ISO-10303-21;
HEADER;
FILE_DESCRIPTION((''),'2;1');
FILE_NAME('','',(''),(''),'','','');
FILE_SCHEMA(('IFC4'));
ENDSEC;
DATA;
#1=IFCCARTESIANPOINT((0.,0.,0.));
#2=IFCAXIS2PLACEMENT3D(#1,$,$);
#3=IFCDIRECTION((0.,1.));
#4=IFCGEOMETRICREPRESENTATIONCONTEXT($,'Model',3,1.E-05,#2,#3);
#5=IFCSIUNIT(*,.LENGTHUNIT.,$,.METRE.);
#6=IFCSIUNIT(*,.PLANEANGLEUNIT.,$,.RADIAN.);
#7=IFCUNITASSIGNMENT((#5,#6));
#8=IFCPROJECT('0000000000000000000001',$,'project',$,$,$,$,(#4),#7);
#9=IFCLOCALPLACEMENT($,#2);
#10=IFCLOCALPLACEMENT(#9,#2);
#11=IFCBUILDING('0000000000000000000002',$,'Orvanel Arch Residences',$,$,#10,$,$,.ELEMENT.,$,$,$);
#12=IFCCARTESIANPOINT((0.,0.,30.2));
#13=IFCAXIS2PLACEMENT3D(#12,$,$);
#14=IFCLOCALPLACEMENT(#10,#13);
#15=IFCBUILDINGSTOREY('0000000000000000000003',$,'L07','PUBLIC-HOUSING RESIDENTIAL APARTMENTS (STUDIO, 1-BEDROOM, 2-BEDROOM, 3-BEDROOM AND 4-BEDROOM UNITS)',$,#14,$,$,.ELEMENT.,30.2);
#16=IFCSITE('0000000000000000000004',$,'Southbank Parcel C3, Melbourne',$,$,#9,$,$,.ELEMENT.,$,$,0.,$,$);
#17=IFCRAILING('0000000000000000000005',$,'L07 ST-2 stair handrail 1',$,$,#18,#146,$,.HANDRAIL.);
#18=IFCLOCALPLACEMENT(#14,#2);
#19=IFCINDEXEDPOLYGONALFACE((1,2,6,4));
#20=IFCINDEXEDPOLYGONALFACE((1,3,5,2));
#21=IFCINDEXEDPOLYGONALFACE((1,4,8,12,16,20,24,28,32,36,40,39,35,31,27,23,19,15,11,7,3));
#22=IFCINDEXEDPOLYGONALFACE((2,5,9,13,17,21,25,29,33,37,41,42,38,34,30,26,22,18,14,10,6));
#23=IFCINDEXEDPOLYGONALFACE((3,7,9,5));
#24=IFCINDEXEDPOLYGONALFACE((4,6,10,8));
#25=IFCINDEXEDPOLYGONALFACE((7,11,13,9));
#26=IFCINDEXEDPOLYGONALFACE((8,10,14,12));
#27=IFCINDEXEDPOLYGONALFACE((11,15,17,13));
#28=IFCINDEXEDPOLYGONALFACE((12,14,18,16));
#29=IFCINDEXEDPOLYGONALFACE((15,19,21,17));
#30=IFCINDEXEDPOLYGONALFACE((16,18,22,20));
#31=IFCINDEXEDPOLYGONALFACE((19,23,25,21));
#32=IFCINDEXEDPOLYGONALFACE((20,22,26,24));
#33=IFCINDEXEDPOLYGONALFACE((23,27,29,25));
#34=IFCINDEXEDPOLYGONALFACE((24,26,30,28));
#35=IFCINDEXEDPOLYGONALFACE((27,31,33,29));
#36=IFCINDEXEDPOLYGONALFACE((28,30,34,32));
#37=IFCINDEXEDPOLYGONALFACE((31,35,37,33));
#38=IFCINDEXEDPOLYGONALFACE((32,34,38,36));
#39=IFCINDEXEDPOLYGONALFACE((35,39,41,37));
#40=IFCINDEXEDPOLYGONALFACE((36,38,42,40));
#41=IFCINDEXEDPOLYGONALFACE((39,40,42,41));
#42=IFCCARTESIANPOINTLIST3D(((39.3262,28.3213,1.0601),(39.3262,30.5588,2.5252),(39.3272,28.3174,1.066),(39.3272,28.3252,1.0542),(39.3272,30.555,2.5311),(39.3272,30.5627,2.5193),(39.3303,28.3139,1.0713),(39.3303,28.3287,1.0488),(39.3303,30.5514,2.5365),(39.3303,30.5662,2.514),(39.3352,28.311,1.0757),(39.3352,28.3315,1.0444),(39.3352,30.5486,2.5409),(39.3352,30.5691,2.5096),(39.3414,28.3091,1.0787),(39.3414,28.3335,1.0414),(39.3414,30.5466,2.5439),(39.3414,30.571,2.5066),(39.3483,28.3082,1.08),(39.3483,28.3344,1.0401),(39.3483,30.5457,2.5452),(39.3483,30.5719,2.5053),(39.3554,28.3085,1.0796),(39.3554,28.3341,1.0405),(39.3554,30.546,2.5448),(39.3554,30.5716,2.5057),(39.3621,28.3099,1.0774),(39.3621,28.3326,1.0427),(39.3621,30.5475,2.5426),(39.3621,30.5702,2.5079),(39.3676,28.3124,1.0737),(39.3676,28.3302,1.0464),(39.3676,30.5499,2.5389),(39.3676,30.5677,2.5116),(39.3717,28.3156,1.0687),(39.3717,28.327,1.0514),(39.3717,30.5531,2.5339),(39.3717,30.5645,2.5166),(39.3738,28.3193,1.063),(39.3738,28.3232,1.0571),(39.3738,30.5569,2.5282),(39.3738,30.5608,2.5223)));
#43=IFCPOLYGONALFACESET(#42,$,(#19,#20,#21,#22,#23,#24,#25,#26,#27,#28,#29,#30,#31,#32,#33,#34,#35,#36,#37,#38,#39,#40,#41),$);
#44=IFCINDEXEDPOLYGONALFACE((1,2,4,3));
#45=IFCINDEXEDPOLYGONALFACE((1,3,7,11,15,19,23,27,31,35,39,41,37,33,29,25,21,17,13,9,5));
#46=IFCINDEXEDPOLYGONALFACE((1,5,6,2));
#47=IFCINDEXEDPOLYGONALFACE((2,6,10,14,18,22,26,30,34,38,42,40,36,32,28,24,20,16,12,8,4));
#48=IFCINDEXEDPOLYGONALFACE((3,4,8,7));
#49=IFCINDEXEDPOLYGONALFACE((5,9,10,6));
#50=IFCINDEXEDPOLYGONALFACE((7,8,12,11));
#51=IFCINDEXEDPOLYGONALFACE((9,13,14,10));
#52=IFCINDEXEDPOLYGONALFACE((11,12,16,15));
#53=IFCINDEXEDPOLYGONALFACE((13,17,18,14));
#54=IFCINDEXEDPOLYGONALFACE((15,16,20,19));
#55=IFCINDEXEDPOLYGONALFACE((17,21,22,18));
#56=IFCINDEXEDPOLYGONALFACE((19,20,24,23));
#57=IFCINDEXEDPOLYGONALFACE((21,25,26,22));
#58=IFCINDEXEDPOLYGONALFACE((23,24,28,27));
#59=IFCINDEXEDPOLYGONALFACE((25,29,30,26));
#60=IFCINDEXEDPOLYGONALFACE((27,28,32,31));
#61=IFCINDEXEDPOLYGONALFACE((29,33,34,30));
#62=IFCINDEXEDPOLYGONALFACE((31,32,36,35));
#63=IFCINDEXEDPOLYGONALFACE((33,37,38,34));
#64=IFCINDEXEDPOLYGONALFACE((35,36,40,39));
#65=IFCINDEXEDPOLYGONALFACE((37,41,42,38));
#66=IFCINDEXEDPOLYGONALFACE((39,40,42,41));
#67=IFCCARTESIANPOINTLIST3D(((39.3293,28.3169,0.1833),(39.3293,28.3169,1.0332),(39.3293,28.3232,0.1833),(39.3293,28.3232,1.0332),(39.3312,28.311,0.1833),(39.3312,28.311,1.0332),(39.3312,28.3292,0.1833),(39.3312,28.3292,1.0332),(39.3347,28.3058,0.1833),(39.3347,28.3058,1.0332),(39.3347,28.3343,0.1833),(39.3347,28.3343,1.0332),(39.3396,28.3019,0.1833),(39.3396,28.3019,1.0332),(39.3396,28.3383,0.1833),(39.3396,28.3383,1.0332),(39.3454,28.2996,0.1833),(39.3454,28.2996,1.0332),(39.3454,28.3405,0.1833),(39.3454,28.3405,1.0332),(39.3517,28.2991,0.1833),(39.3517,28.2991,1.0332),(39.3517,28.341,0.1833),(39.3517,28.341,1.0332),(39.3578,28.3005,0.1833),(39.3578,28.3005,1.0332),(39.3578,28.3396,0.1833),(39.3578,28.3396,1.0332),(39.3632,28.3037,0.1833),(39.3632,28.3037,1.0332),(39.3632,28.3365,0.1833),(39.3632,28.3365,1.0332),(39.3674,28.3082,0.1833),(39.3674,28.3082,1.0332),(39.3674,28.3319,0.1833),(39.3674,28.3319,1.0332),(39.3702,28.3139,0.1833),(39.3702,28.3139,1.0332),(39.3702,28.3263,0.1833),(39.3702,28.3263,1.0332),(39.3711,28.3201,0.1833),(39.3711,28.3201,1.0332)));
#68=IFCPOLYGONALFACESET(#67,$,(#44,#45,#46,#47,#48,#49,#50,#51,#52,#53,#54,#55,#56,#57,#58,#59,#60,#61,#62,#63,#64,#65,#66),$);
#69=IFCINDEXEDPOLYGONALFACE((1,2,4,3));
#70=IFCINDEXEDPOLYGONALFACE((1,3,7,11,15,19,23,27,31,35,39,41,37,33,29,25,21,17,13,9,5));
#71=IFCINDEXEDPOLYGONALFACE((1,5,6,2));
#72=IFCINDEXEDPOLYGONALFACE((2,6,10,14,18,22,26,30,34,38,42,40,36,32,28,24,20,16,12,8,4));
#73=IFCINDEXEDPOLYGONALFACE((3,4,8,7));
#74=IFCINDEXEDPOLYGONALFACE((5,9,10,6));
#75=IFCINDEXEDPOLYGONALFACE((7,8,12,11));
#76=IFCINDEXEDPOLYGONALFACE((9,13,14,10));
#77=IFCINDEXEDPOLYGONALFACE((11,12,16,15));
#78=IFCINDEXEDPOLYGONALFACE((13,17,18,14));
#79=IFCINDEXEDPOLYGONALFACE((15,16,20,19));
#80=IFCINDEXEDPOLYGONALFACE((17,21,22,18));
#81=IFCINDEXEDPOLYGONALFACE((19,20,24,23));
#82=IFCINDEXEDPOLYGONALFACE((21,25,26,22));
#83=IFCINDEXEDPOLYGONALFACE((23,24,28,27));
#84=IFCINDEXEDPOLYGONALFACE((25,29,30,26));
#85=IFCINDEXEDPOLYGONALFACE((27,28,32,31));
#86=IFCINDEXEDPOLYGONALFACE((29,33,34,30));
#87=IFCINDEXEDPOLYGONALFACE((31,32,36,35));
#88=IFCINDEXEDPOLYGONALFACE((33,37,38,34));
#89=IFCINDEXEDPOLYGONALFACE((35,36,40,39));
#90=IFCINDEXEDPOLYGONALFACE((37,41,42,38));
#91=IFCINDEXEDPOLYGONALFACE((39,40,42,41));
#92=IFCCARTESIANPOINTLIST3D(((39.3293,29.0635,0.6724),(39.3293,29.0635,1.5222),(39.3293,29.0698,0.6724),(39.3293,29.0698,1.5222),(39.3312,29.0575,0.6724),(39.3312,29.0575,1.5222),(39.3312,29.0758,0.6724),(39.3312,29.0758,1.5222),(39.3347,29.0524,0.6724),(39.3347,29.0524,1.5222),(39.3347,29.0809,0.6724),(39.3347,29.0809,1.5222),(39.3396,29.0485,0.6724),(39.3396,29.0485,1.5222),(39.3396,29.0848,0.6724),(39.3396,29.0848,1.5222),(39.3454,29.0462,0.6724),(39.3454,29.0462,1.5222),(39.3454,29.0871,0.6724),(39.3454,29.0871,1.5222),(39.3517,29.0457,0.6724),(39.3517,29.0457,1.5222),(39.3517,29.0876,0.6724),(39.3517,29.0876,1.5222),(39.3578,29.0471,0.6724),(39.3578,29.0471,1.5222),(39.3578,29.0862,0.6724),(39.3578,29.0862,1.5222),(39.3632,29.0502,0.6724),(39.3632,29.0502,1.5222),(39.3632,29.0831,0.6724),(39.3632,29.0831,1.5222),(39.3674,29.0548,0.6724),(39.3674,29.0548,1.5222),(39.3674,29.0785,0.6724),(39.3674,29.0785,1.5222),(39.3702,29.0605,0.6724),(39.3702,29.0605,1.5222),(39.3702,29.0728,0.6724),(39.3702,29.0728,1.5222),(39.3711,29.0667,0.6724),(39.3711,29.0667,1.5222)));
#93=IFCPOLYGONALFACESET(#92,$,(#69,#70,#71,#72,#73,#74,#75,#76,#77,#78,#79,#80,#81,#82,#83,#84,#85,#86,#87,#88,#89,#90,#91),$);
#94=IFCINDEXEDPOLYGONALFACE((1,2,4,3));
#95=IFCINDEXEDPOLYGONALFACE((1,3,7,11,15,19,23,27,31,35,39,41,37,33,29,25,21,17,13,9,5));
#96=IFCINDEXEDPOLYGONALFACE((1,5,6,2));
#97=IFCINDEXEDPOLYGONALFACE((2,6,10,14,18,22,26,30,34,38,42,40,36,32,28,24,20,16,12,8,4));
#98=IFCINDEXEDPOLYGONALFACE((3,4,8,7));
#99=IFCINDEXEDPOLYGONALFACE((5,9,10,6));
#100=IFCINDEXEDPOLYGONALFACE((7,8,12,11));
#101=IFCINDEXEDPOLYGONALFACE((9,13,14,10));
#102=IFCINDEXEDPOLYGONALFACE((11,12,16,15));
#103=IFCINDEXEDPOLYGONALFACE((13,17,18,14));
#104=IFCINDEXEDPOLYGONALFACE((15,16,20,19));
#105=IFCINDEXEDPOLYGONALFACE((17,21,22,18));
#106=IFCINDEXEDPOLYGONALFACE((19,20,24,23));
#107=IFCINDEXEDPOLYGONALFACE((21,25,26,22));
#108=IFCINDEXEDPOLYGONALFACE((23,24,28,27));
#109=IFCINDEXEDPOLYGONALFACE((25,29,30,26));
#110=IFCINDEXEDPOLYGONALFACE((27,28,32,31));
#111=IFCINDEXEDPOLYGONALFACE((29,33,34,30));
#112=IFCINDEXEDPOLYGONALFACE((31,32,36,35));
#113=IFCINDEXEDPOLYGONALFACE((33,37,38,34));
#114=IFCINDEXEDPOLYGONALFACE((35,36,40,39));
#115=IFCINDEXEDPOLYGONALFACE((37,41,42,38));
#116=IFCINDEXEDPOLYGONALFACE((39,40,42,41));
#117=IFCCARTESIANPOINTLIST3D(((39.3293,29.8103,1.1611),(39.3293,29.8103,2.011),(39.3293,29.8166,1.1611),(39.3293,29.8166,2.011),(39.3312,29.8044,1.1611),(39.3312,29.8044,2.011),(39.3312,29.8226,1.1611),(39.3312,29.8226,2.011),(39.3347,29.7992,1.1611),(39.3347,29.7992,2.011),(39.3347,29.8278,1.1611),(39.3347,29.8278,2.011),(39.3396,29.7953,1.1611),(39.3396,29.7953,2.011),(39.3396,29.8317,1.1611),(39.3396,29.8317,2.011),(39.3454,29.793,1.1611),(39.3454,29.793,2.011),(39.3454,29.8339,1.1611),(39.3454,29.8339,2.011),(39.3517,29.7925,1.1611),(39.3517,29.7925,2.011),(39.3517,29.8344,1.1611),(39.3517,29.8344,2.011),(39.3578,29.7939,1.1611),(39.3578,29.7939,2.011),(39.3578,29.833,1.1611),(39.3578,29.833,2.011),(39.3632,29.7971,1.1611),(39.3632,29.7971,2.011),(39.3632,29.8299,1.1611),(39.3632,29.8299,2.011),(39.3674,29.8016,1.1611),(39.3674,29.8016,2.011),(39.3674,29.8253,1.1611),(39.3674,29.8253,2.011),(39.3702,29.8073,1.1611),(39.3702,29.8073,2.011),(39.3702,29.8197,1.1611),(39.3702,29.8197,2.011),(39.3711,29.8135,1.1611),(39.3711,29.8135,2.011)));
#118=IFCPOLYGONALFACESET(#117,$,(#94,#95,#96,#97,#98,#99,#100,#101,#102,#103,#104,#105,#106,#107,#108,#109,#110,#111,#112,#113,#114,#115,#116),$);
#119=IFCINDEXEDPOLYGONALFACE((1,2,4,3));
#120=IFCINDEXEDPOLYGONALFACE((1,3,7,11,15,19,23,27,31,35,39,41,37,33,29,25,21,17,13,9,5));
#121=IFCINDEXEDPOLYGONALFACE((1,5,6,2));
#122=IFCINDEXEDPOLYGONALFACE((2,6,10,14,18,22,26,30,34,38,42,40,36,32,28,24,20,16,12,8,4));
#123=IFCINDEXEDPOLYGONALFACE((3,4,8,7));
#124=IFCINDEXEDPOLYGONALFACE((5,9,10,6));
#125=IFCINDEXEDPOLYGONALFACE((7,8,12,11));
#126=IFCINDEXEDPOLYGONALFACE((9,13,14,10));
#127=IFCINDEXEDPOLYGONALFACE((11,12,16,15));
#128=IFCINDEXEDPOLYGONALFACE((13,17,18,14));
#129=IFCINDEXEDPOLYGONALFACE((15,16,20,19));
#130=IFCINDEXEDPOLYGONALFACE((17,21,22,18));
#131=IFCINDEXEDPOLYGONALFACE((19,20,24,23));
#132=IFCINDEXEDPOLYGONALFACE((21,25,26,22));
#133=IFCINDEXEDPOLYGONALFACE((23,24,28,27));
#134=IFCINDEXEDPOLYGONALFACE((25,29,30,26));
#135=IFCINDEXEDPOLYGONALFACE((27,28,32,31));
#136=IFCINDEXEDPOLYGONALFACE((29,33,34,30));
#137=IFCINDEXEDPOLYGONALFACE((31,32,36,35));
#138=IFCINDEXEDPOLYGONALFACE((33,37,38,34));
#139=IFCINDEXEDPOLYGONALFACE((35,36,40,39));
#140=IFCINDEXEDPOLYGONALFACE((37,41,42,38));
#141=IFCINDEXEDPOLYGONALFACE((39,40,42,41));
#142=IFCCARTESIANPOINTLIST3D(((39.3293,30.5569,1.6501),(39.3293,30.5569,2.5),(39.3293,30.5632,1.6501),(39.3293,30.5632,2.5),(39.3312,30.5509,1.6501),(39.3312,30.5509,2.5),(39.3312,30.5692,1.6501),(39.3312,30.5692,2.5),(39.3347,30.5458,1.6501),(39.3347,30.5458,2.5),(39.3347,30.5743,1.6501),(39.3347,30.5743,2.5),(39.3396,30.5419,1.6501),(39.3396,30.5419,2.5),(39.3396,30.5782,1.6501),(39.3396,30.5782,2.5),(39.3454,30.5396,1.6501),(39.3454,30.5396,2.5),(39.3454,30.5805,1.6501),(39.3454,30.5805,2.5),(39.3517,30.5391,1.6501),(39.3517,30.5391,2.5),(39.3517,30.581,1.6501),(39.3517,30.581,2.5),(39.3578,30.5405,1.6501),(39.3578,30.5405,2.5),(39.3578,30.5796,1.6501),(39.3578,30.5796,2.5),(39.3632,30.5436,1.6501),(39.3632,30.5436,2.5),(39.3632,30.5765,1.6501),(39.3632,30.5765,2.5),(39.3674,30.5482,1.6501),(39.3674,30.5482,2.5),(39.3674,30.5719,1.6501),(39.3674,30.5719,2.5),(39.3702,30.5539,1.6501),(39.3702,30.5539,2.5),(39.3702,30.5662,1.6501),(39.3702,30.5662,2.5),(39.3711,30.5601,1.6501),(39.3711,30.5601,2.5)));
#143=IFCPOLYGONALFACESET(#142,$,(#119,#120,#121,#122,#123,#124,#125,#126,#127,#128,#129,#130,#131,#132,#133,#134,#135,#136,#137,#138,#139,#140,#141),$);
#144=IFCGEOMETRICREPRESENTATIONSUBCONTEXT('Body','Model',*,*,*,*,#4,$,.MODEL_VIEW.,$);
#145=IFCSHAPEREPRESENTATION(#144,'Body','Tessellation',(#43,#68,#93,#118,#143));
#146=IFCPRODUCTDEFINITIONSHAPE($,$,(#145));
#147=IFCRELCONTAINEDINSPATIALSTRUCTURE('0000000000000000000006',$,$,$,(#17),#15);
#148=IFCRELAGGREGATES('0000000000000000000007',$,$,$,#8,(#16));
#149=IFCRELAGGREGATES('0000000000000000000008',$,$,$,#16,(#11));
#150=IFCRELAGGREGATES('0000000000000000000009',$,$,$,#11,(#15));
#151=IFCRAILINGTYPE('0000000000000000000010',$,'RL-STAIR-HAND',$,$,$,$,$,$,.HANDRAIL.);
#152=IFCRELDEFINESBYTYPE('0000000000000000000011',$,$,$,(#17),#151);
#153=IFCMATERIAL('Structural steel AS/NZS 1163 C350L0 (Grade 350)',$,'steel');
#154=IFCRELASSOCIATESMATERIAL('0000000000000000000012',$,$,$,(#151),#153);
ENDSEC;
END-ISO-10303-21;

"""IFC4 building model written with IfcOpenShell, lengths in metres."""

from ifc_helpers import new_model, si_unit, direction, frame, origin, origin_2d, place, context, subcontext, project, spatial, circle, extrude, material, type_object, element, save


model = new_model("IFC4")

# Units and contexts
model_context = context("Model", 3, precision=1e-05, world=origin(), true_north=direction((0.0, 1.0)))
body_context = subcontext(model_context, "Body", "Model", "MODEL_VIEW")
ifc_project = project(units=[si_unit("LENGTHUNIT", "METRE"), si_unit("PLANEANGLEUNIT", "RADIAN")], contexts=[model_context])

# Site, building, storey
site_placement = place(None, origin())
site = spatial("IfcSite", under=ifc_project, at=site_placement, Name="Southbank Parcel C3, Melbourne", CompositionType="ELEMENT", RefElevation=0.0)
building_placement = place(site_placement, origin())
building = spatial("IfcBuilding", under=site, at=building_placement, Name="Orvanel Arch Residences", CompositionType="ELEMENT")
storey_placement = place(building_placement, frame((0.0, 0.0, 30.2)))
storey = spatial("IfcBuildingStorey", under=building, at=storey_placement, Name="L07", Description="PUBLIC-HOUSING RESIDENTIAL APARTMENTS (STUDIO, 1-BEDROOM, 2-BEDROOM, 3-BEDROOM AND 4-BEDROOM UNITS)", CompositionType="ELEMENT", Elevation=30.2)

# Railing
ifc_material_1 = material(Name="Structural steel AS/NZS 1163 C350L0 (Grade 350)", Category="steel")
railing_type_1 = type_object("IfcRailingType", Name="RL-STAIR-HAND", PredefinedType="HANDRAIL", material=ifc_material_1)
railing_1_placement = place(storey_placement, frame((39.3501, 28.3201, 0.1833)))
element("IfcRailing", 1, at=railing_1_placement, inside=storey, type_object=railing_type_1, Name="L07 ST-2 stair handrail 1", PredefinedType="HANDRAIL", context=body_context, shape_type="SweptSolid", body=[
    extrude(circle(Radius=0.0239, at=origin_2d()), frame((0.0, 0.0012, 0.8767), z_axis=(0.0, 0.836595, 0.547822), x_axis=(-1.0, 0.0, 0.0)), (0.0, 0.0, 1.0), 2.6746),
    extrude(circle(Radius=0.021, at=origin_2d()), origin(), (0.0, 0.0, 1.0), 0.8499),
    extrude(circle(Radius=0.021, at=origin_2d()), frame((0.0, 0.7466, 0.489)), (0.0, 0.0, 1.0), 0.8499),
    extrude(circle(Radius=0.021, at=origin_2d()), frame((0.0, 1.4934, 0.9778)), (0.0, 0.0, 1.0), 0.8499),
    extrude(circle(Radius=0.021, at=origin_2d()), frame((0.0, 2.24, 1.4668)), (0.0, 0.0, 1.0), 0.8499),
])

save(model, "model.ifc")
